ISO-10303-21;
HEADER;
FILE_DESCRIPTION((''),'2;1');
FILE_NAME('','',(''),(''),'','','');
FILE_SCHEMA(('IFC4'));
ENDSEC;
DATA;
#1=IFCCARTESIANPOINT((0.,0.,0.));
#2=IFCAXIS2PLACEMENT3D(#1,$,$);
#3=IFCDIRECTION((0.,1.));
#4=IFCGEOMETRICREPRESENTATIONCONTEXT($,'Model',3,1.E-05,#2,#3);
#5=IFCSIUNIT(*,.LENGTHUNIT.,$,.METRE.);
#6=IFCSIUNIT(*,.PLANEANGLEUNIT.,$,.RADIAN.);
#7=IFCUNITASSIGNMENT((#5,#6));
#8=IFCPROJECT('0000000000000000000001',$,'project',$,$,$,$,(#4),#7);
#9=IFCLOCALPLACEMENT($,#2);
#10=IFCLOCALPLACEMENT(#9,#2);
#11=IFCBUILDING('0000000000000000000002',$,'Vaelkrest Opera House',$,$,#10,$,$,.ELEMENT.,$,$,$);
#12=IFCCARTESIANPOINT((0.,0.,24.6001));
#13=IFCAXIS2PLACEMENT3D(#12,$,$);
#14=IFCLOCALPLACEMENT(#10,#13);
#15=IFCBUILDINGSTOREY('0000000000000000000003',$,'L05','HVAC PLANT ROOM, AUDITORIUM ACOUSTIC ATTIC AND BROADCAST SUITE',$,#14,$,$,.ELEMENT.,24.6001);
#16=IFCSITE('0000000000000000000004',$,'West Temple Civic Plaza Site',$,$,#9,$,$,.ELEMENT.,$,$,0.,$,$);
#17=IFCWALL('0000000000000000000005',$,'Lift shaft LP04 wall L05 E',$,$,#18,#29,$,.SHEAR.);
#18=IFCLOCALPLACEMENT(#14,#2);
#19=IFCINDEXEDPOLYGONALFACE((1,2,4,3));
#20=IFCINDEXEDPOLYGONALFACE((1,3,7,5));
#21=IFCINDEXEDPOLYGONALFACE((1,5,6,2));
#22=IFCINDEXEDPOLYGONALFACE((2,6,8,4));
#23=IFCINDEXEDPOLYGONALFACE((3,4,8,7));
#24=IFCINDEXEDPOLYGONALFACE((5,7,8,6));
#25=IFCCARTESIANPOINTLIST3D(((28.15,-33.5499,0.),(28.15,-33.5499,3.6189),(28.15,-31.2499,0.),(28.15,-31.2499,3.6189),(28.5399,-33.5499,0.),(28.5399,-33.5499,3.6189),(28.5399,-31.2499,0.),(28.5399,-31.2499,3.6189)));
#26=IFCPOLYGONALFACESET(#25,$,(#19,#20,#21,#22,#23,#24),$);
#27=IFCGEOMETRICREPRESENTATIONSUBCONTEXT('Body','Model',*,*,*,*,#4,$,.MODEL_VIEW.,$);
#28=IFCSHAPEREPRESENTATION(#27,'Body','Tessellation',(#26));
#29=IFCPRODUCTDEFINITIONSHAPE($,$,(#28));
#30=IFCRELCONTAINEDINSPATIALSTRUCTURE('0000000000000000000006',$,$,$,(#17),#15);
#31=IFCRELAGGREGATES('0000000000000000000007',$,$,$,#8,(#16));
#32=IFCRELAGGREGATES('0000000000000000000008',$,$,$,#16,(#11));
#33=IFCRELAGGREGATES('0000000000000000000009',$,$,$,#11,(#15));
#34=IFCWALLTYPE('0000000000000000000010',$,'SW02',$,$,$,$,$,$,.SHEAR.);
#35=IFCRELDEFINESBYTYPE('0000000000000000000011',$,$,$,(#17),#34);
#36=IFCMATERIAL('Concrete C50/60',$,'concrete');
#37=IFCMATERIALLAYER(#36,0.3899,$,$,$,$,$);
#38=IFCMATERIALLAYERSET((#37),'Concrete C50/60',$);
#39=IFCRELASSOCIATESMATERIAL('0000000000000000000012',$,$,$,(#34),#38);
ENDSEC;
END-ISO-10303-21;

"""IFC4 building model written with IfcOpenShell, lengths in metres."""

from ifc_helpers import new_model, si_unit, direction, frame, frame_2d, origin, place, context, subcontext, project, spatial, rectangle, extrude, material, layer, layer_set, type_object, element, save


model = new_model("IFC4")

# Units and contexts
model_context = context("Model", 3, precision=1e-05, world=origin(), true_north=direction((0.0, 1.0)))
body_context = subcontext(model_context, "Body", "Model", "MODEL_VIEW")
ifc_project = project(units=[si_unit("LENGTHUNIT", "METRE"), si_unit("PLANEANGLEUNIT", "RADIAN")], contexts=[model_context])

# Site, building, storey
site_placement = place(None, origin())
site = spatial("IfcSite", under=ifc_project, at=site_placement, Name="West Temple Civic Plaza Site", CompositionType="ELEMENT", RefElevation=0.0)
building_placement = place(site_placement, origin())
building = spatial("IfcBuilding", under=site, at=building_placement, Name="Vaelkrest Opera House", CompositionType="ELEMENT")
storey_placement = place(building_placement, frame((0.0, 0.0, 24.6001)))
storey = spatial("IfcBuildingStorey", under=building, at=storey_placement, Name="L05", Description="HVAC PLANT ROOM, AUDITORIUM ACOUSTIC ATTIC AND BROADCAST SUITE", CompositionType="ELEMENT", Elevation=24.6001)

# Shared definitions
ifc_material_1 = material(Name="Concrete C50/60", Category="concrete")

# Shared definitions
ifc_layer_1 = layer(ifc_material_1, 0.3899)
ifc_layer_set_1 = layer_set([ifc_layer_1], Name="Concrete C50/60")
wall_type_1 = type_object("IfcWallType", Name="SW02", PredefinedType="SHEAR", material=ifc_layer_set_1)

# Wall
for number, where, z_axis, x_axis, name in (
    (1, (28.345, -31.25, 0.0), (0.0, 0.0, 1.0), (0.0, -1.0, 0.0), "Lift shaft LP04 wall L05 E"),
):
    element("IfcWall", number, at=place(storey_placement, frame(where, z_axis=z_axis, x_axis=x_axis)), inside=storey, type_object=wall_type_1, Name=name, PredefinedType="SHEAR", context=body_context, shape_type="SweptSolid", body=[
        extrude(rectangle(XDim=2.3, YDim=0.3899, at=frame_2d((1.1499, 0.0))), origin(), (0.0, 0.0, 1.0), 3.6189),
    ])

save(model, "model.ifc")
